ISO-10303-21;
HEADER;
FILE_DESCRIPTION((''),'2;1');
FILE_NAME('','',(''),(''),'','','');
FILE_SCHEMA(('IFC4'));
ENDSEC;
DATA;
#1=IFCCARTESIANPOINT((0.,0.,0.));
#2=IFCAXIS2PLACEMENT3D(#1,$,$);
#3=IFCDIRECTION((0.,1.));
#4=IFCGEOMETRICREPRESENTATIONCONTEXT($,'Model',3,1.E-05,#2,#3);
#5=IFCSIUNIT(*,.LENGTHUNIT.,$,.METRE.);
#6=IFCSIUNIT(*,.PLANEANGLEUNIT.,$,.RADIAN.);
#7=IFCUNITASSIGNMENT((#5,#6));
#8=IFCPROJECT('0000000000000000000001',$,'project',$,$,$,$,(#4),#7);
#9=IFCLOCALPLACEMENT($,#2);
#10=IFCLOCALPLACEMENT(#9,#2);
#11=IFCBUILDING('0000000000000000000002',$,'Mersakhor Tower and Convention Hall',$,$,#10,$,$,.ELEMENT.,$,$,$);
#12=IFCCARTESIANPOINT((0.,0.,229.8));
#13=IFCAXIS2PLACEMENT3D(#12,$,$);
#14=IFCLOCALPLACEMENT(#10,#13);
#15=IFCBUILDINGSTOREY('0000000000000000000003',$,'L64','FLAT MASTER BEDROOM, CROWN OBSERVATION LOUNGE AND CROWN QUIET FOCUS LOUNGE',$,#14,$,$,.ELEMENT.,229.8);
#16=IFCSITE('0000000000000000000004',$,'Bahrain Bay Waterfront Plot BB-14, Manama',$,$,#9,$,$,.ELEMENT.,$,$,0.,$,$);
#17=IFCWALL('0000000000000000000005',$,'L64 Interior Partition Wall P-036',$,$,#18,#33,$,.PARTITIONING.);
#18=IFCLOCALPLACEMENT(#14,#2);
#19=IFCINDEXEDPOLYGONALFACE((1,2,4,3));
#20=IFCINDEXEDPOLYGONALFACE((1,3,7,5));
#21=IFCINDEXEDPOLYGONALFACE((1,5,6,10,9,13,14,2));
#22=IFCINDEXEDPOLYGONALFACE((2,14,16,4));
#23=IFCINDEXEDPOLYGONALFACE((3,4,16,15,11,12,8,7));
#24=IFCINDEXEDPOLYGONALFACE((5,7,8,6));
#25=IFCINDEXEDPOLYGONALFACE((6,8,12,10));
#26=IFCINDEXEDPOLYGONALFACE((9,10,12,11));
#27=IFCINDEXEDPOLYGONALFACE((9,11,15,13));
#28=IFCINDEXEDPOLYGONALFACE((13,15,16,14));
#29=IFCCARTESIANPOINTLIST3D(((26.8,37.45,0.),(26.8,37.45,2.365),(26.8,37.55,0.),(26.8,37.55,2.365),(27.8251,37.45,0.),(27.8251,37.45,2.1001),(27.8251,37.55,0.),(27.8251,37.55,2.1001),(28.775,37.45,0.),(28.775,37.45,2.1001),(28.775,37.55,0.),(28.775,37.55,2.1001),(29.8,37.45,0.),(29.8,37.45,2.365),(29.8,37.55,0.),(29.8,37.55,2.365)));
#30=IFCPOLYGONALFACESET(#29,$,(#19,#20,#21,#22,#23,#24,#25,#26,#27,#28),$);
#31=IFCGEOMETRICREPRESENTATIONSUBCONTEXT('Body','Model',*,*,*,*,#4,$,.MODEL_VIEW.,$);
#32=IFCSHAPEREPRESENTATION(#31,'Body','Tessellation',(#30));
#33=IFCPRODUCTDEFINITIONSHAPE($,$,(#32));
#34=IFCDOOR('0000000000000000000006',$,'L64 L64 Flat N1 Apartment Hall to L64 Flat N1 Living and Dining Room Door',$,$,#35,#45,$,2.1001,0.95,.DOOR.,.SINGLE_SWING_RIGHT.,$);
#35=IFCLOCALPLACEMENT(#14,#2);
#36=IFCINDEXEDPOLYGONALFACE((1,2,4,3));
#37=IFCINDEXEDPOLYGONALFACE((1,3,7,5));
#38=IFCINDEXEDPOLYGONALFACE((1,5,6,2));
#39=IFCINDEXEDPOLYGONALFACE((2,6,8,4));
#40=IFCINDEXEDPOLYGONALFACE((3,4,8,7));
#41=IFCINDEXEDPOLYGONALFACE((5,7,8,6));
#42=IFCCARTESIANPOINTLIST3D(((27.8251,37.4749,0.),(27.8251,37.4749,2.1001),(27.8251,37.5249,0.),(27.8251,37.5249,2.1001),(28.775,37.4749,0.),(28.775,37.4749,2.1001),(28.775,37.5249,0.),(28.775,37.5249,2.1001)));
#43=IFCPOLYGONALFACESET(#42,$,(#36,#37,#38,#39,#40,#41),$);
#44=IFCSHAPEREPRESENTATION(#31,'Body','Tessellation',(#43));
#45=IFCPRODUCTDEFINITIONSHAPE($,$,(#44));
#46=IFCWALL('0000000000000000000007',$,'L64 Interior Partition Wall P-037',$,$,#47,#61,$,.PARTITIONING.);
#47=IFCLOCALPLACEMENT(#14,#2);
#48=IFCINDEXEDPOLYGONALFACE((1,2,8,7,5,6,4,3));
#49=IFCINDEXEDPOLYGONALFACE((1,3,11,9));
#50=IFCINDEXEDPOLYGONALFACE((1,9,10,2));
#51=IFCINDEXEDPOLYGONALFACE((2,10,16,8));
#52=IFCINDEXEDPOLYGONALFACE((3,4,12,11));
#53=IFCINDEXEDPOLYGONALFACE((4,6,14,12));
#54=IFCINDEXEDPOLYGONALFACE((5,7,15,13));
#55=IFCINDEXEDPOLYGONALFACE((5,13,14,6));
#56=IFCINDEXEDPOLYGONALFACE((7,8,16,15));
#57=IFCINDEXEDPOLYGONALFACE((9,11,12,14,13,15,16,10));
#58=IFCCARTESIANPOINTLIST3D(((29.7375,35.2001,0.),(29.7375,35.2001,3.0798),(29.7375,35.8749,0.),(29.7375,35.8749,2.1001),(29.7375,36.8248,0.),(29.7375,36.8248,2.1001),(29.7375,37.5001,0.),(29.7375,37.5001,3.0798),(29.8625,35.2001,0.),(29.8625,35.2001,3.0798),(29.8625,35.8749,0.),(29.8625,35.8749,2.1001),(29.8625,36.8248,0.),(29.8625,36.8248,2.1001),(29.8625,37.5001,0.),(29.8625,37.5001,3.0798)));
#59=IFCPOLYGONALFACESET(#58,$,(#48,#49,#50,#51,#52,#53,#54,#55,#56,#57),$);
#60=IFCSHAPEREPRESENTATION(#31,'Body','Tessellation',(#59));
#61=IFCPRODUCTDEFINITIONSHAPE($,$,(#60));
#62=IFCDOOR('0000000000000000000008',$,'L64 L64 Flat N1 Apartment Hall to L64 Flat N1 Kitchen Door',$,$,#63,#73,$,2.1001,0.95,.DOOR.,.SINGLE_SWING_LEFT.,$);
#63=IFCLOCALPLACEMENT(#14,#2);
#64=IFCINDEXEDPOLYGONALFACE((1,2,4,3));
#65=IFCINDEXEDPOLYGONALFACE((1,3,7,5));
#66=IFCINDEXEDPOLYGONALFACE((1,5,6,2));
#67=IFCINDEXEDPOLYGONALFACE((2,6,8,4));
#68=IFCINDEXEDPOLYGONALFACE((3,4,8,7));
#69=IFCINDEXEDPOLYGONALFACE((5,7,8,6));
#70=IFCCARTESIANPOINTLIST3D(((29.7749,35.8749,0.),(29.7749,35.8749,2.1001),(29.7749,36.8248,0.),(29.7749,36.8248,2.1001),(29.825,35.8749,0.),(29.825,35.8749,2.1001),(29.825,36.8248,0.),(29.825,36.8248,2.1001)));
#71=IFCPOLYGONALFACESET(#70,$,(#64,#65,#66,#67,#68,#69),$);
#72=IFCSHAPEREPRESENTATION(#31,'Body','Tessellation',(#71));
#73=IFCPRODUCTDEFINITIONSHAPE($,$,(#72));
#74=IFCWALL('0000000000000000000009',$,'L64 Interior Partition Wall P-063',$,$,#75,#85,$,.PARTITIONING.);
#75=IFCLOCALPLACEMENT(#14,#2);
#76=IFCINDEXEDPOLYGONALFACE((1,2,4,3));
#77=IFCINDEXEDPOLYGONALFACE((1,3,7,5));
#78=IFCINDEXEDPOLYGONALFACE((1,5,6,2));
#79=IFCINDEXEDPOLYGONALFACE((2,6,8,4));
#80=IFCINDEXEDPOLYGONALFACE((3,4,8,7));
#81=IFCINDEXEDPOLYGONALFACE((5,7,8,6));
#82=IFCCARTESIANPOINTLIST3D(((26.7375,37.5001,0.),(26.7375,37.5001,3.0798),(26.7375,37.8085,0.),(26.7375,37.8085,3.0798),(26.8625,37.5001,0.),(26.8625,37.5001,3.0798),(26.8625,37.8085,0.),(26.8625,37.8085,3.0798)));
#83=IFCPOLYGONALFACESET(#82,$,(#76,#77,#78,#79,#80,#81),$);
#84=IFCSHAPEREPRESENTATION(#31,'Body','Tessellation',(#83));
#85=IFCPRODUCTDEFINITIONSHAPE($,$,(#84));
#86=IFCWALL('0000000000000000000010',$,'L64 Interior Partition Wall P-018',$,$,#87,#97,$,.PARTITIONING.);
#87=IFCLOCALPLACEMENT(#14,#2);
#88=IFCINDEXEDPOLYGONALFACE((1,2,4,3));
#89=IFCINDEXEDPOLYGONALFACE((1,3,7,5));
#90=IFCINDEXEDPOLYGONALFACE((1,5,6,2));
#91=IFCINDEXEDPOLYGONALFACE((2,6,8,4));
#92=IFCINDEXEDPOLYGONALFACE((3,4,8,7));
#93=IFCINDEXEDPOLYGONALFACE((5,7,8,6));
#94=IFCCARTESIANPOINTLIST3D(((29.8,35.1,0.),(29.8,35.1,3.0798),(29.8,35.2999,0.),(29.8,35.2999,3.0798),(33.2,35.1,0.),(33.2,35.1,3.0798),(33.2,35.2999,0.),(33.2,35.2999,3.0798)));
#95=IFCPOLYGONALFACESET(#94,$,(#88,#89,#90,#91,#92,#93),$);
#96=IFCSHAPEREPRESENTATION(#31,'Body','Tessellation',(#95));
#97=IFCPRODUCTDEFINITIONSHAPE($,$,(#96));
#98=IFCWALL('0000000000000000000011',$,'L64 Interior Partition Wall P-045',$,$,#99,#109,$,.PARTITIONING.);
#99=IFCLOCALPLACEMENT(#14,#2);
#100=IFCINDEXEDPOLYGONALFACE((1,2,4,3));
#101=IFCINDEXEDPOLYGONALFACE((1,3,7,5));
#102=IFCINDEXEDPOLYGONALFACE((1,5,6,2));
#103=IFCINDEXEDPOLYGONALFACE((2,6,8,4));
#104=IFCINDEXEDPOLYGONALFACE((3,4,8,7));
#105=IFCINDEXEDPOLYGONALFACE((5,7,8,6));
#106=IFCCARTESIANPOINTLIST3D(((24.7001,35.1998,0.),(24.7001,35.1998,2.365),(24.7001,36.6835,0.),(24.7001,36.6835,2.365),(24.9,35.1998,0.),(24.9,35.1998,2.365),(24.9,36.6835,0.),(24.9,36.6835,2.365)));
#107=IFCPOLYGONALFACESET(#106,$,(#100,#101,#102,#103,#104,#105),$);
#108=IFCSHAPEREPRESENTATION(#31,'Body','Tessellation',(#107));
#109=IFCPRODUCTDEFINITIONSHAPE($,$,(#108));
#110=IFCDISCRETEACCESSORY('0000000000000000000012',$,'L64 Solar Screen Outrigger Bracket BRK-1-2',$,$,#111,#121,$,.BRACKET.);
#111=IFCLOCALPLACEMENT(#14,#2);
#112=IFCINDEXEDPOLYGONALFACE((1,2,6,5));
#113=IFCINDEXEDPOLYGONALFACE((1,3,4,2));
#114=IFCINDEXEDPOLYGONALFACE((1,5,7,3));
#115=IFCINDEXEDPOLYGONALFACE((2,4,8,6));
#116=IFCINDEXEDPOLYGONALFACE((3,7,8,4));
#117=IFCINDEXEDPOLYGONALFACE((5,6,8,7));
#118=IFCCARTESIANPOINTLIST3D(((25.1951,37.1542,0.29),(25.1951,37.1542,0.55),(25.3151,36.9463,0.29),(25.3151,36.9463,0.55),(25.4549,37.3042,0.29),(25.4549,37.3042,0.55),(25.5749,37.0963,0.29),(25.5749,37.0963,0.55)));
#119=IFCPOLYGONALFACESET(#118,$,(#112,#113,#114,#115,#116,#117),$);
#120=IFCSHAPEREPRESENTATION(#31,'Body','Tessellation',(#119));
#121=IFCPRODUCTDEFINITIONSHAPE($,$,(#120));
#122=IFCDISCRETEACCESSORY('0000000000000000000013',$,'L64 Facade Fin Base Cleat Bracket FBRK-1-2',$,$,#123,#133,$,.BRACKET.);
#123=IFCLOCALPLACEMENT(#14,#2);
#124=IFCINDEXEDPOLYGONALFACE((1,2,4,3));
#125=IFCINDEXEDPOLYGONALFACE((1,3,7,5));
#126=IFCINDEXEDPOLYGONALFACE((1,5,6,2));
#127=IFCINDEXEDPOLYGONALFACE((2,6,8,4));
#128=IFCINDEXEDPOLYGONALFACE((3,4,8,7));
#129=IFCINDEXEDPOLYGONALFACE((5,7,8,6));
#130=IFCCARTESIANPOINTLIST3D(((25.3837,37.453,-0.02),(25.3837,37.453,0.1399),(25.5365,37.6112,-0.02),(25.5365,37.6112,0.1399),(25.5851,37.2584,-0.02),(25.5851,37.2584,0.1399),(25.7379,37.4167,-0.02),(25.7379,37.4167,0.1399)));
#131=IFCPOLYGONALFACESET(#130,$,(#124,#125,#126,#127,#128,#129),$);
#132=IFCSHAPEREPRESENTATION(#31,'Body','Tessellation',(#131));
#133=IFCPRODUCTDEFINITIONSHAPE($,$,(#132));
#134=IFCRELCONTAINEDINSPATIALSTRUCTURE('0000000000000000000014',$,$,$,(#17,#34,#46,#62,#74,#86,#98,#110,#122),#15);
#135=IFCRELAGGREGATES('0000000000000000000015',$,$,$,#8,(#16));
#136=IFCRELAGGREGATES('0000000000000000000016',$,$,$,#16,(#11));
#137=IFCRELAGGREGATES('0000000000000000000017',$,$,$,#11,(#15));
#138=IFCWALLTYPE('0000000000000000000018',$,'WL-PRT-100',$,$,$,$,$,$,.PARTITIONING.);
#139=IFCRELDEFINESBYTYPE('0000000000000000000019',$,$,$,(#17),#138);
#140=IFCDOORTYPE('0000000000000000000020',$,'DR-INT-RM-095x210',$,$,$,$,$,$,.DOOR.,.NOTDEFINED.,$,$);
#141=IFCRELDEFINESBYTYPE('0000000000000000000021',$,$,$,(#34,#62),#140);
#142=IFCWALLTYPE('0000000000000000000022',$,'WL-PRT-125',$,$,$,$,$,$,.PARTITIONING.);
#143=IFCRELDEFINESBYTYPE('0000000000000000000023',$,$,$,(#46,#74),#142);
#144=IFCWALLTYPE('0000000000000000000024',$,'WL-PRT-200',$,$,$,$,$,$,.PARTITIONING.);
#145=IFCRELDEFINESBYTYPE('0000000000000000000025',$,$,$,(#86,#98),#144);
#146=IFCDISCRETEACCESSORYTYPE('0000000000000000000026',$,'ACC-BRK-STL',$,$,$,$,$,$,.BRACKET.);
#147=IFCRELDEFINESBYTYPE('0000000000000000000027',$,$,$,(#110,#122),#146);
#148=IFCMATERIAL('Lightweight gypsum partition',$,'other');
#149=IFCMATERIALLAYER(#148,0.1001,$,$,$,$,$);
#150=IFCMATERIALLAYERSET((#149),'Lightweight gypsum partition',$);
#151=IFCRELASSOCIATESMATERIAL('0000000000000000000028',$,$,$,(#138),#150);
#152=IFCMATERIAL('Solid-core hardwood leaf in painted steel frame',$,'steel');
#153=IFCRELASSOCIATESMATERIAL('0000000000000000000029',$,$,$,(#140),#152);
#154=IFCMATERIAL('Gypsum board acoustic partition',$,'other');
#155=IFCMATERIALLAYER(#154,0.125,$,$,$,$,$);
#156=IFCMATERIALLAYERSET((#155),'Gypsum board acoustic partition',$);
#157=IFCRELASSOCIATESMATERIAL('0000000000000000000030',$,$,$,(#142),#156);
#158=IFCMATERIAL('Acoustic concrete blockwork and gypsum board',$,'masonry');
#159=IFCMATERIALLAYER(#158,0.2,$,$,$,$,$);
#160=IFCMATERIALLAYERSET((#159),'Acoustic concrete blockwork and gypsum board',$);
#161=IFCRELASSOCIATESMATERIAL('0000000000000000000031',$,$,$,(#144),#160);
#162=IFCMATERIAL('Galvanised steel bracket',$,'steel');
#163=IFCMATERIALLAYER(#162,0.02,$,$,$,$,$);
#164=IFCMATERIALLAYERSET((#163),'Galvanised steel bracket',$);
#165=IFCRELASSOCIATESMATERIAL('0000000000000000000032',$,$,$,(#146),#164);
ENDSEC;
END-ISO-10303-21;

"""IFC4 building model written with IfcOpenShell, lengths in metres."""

from ifc_helpers import new_model, si_unit, direction, frame, frame_2d, origin, origin_2d, place, context, subcontext, project, spatial, rectangle, extrude, material, layer, layer_set, type_object, element, fill, save


model = new_model("IFC4")

# Units and contexts
model_context = context("Model", 3, precision=1e-05, world=origin(), true_north=direction((0.0, 1.0)))
body_context = subcontext(model_context, "Body", "Model", "MODEL_VIEW")
ifc_project = project(units=[si_unit("LENGTHUNIT", "METRE"), si_unit("PLANEANGLEUNIT", "RADIAN")], contexts=[model_context])

# Site, building, storey
site_placement = place(None, origin())
site = spatial("IfcSite", under=ifc_project, at=site_placement, Name="Bahrain Bay Waterfront Plot BB-14, Manama", CompositionType="ELEMENT", RefElevation=0.0)
building_placement = place(site_placement, origin())
building = spatial("IfcBuilding", under=site, at=building_placement, Name="Mersakhor Tower and Convention Hall", CompositionType="ELEMENT")
storey_placement = place(building_placement, frame((0.0, 0.0, 229.8)))
storey = spatial("IfcBuildingStorey", under=building, at=storey_placement, Name="L64", Description="FLAT MASTER BEDROOM, CROWN OBSERVATION LOUNGE AND CROWN QUIET FOCUS LOUNGE", CompositionType="ELEMENT", Elevation=229.8)

# Walls, openings, doors
ifc_material_1 = material(Name="Lightweight gypsum partition", Category="other")
ifc_layer_1 = layer(ifc_material_1, 0.1001)
ifc_layer_set_1 = layer_set([ifc_layer_1], Name="Lightweight gypsum partition")
wall_type_1 = type_object("IfcWallType", Name="WL-PRT-100", PredefinedType="PARTITIONING", material=ifc_layer_set_1)
wall_1_placement = place(storey_placement, frame((26.8, 37.5, 0.0), z_axis=(0.0, 0.0, 1.0), x_axis=(1.0, 0.0, 0.0)))
wall_1 = element("IfcWall", 1, at=wall_1_placement, inside=storey, type_object=wall_type_1, Name="L64 Interior Partition Wall P-036", PredefinedType="PARTITIONING", context=body_context, shape_type="SweptSolid", body=[
    extrude(rectangle(XDim=3.0, YDim=0.1001, at=frame_2d((1.5, 0.0))), origin(), (0.0, 0.0, 1.0), 2.365),
])
opening_1_placement = place(wall_1_placement, frame((1.0249, 0.0, 0.0)))
opening_1 = element("IfcOpeningElement", 2, at=opening_1_placement, cuts=wall_1, PredefinedType="OPENING", context=body_context, shape_type="SweptSolid", body=[
    extrude(rectangle(XDim=0.95, YDim=2.1001, at=frame_2d((0.4751, 1.05))), frame((0.0, 0.0601, 0.0), z_axis=(0.0, -1.0, 0.0), x_axis=(1.0, 0.0, 0.0)), (0.0, 0.0, 1.0), 0.1201),
])
ifc_material_2 = material(Name="Solid-core hardwood leaf in painted steel frame", Category="steel")
door_type_1 = type_object("IfcDoorType", Name="DR-INT-RM-095x210", OperationType="NOTDEFINED", PredefinedType="DOOR", material=ifc_material_2)
door_1_placement = place(opening_1_placement, origin())
door_1 = element("IfcDoor", 3, at=door_1_placement, inside=storey, type_object=door_type_1, Name="L64 L64 Flat N1 Apartment Hall to L64 Flat N1 Living and Dining Room Door", OperationType="SINGLE_SWING_RIGHT", OverallHeight=2.1001, OverallWidth=0.95, PredefinedType="DOOR", context=body_context, shape_type="SweptSolid", body=[
    extrude(rectangle(XDim=0.95, YDim=2.1001, at=frame_2d((0.4751, 1.05))), frame((0.0, 0.0249, 0.0), z_axis=(0.0, -1.0, 0.0), x_axis=(1.0, 0.0, 0.0)), (0.0, 0.0, 1.0), 0.05),
])
fill(opening_1, door_1)
ifc_material_3 = material(Name="Gypsum board acoustic partition", Category="other")
ifc_layer_2 = layer(ifc_material_3, 0.125)
ifc_layer_set_2 = layer_set([ifc_layer_2], Name="Gypsum board acoustic partition")
wall_type_2 = type_object("IfcWallType", Name="WL-PRT-125", PredefinedType="PARTITIONING", material=ifc_layer_set_2)
wall_2_placement = place(storey_placement, frame((29.8, 37.5, 0.0), z_axis=(0.0, 0.0, 1.0), x_axis=(0.0, -1.0, 0.0)))
wall_2 = element("IfcWall", 4, at=wall_2_placement, inside=storey, type_object=wall_type_2, Name="L64 Interior Partition Wall P-037", PredefinedType="PARTITIONING", context=body_context, shape_type="SweptSolid", body=[
    extrude(rectangle(XDim=2.3, YDim=0.125, at=frame_2d((1.1499, 0.0))), origin(), (0.0, 0.0, 1.0), 3.0798),
])
opening_2_placement = place(wall_2_placement, frame((0.675, 0.0, 0.0)))
opening_2 = element("IfcOpeningElement", 5, at=opening_2_placement, cuts=wall_2, PredefinedType="OPENING", context=body_context, shape_type="SweptSolid", body=[
    extrude(rectangle(XDim=0.95, YDim=2.1001, at=frame_2d((0.4751, 1.05))), frame((0.0, 0.0725, 0.0), z_axis=(0.0, -1.0, 0.0), x_axis=(1.0, 0.0, 0.0)), (0.0, 0.0, 1.0), 0.145),
])
door_2_placement = place(opening_2_placement, origin())
door_2 = element("IfcDoor", 6, at=door_2_placement, inside=storey, type_object=door_type_1, Name="L64 L64 Flat N1 Apartment Hall to L64 Flat N1 Kitchen Door", OperationType="SINGLE_SWING_LEFT", OverallHeight=2.1001, OverallWidth=0.95, PredefinedType="DOOR", context=body_context, shape_type="SweptSolid", body=[
    extrude(rectangle(XDim=0.95, YDim=2.1001, at=frame_2d((0.4751, 1.05))), frame((0.0, 0.0249, 0.0), z_axis=(0.0, -1.0, 0.0), x_axis=(1.0, 0.0, 0.0)), (0.0, 0.0, 1.0), 0.05),
])
fill(opening_2, door_2)

# Wall
wall_3_placement = place(storey_placement, frame((26.8, 37.5, 0.0), z_axis=(0.0, 0.0, 1.0), x_axis=(0.0, 1.0, 0.0)))
element("IfcWall", 7, at=wall_3_placement, inside=storey, type_object=wall_type_2, Name="L64 Interior Partition Wall P-063", PredefinedType="PARTITIONING", context=body_context, shape_type="SweptSolid", body=[
    extrude(rectangle(XDim=0.3083, YDim=0.125, at=frame_2d((0.1543, 0.0))), origin(), (0.0, 0.0, 1.0), 3.0798),
])

# Shared definitions
ifc_material_4 = material(Name="Acoustic concrete blockwork and gypsum board", Category="masonry")
ifc_layer_3 = layer(ifc_material_4, 0.2)
ifc_layer_set_3 = layer_set([ifc_layer_3], Name="Acoustic concrete blockwork and gypsum board")
wall_type_3 = type_object("IfcWallType", Name="WL-PRT-200", PredefinedType="PARTITIONING", material=ifc_layer_set_3)

# Walls
wall_4_placement = place(storey_placement, frame((29.8, 35.2, 0.0), z_axis=(0.0, 0.0, 1.0), x_axis=(1.0, 0.0, 0.0)))
element("IfcWall", 8, at=wall_4_placement, inside=storey, type_object=wall_type_3, Name="L64 Interior Partition Wall P-018", PredefinedType="PARTITIONING", context=body_context, shape_type="SweptSolid", body=[
    extrude(rectangle(XDim=3.3999, YDim=0.2, at=frame_2d((1.7, 0.0))), origin(), (0.0, 0.0, 1.0), 3.0798),
])
wall_5_placement = place(storey_placement, frame((24.8, 35.2, 0.0), z_axis=(0.0, 0.0, 1.0), x_axis=(0.0, 1.0, 0.0)))
element("IfcWall", 9, at=wall_5_placement, inside=storey, type_object=wall_type_3, Name="L64 Interior Partition Wall P-045", PredefinedType="PARTITIONING", context=body_context, shape_type="SweptSolid", body=[
    extrude(rectangle(XDim=1.4836, YDim=0.2, at=frame_2d((0.7417, 0.0))), origin(), (0.0, 0.0, 1.0), 2.365),
])

# Discrete accessories
ifc_material_5 = material(Name="Galvanised steel bracket", Category="steel")
ifc_layer_4 = layer(ifc_material_5, 0.02)
ifc_layer_set_4 = layer_set([ifc_layer_4], Name="Galvanised steel bracket")
discrete_accessory_type = type_object("IfcDiscreteAccessoryType", Name="ACC-BRK-STL", PredefinedType="BRACKET", material=ifc_layer_set_4)
discrete_accessory_1_placement = place(storey_placement, frame((25.385, 37.1252, 0.29), z_axis=(0.0, 0.0, 1.0), x_axis=(0.866025, 0.5, 0.0)))
element("IfcDiscreteAccessory", 10, at=discrete_accessory_1_placement, inside=storey, type_object=discrete_accessory_type, Name="L64 Solar Screen Outrigger Bracket BRK-1-2", PredefinedType="BRACKET", context=body_context, shape_type="SweptSolid", body=[
    extrude(rectangle(XDim=0.3, YDim=0.24, at=origin_2d()), origin(), (0.0, 0.0, 1.0), 0.26),
])
discrete_accessory_2_placement = place(storey_placement, frame((25.5608, 37.4348, -0.02), z_axis=(0.0, 0.0, 1.0), x_axis=(-0.71934, 0.694658, 0.0)))
element("IfcDiscreteAccessory", 11, at=discrete_accessory_2_placement, inside=storey, type_object=discrete_accessory_type, Name="L64 Facade Fin Base Cleat Bracket FBRK-1-2", PredefinedType="BRACKET", context=body_context, shape_type="SweptSolid", body=[
    extrude(rectangle(XDim=0.28, YDim=0.22, at=origin_2d()), origin(), (0.0, 0.0, 1.0), 0.1599),
])

save(model, "model.ifc")
